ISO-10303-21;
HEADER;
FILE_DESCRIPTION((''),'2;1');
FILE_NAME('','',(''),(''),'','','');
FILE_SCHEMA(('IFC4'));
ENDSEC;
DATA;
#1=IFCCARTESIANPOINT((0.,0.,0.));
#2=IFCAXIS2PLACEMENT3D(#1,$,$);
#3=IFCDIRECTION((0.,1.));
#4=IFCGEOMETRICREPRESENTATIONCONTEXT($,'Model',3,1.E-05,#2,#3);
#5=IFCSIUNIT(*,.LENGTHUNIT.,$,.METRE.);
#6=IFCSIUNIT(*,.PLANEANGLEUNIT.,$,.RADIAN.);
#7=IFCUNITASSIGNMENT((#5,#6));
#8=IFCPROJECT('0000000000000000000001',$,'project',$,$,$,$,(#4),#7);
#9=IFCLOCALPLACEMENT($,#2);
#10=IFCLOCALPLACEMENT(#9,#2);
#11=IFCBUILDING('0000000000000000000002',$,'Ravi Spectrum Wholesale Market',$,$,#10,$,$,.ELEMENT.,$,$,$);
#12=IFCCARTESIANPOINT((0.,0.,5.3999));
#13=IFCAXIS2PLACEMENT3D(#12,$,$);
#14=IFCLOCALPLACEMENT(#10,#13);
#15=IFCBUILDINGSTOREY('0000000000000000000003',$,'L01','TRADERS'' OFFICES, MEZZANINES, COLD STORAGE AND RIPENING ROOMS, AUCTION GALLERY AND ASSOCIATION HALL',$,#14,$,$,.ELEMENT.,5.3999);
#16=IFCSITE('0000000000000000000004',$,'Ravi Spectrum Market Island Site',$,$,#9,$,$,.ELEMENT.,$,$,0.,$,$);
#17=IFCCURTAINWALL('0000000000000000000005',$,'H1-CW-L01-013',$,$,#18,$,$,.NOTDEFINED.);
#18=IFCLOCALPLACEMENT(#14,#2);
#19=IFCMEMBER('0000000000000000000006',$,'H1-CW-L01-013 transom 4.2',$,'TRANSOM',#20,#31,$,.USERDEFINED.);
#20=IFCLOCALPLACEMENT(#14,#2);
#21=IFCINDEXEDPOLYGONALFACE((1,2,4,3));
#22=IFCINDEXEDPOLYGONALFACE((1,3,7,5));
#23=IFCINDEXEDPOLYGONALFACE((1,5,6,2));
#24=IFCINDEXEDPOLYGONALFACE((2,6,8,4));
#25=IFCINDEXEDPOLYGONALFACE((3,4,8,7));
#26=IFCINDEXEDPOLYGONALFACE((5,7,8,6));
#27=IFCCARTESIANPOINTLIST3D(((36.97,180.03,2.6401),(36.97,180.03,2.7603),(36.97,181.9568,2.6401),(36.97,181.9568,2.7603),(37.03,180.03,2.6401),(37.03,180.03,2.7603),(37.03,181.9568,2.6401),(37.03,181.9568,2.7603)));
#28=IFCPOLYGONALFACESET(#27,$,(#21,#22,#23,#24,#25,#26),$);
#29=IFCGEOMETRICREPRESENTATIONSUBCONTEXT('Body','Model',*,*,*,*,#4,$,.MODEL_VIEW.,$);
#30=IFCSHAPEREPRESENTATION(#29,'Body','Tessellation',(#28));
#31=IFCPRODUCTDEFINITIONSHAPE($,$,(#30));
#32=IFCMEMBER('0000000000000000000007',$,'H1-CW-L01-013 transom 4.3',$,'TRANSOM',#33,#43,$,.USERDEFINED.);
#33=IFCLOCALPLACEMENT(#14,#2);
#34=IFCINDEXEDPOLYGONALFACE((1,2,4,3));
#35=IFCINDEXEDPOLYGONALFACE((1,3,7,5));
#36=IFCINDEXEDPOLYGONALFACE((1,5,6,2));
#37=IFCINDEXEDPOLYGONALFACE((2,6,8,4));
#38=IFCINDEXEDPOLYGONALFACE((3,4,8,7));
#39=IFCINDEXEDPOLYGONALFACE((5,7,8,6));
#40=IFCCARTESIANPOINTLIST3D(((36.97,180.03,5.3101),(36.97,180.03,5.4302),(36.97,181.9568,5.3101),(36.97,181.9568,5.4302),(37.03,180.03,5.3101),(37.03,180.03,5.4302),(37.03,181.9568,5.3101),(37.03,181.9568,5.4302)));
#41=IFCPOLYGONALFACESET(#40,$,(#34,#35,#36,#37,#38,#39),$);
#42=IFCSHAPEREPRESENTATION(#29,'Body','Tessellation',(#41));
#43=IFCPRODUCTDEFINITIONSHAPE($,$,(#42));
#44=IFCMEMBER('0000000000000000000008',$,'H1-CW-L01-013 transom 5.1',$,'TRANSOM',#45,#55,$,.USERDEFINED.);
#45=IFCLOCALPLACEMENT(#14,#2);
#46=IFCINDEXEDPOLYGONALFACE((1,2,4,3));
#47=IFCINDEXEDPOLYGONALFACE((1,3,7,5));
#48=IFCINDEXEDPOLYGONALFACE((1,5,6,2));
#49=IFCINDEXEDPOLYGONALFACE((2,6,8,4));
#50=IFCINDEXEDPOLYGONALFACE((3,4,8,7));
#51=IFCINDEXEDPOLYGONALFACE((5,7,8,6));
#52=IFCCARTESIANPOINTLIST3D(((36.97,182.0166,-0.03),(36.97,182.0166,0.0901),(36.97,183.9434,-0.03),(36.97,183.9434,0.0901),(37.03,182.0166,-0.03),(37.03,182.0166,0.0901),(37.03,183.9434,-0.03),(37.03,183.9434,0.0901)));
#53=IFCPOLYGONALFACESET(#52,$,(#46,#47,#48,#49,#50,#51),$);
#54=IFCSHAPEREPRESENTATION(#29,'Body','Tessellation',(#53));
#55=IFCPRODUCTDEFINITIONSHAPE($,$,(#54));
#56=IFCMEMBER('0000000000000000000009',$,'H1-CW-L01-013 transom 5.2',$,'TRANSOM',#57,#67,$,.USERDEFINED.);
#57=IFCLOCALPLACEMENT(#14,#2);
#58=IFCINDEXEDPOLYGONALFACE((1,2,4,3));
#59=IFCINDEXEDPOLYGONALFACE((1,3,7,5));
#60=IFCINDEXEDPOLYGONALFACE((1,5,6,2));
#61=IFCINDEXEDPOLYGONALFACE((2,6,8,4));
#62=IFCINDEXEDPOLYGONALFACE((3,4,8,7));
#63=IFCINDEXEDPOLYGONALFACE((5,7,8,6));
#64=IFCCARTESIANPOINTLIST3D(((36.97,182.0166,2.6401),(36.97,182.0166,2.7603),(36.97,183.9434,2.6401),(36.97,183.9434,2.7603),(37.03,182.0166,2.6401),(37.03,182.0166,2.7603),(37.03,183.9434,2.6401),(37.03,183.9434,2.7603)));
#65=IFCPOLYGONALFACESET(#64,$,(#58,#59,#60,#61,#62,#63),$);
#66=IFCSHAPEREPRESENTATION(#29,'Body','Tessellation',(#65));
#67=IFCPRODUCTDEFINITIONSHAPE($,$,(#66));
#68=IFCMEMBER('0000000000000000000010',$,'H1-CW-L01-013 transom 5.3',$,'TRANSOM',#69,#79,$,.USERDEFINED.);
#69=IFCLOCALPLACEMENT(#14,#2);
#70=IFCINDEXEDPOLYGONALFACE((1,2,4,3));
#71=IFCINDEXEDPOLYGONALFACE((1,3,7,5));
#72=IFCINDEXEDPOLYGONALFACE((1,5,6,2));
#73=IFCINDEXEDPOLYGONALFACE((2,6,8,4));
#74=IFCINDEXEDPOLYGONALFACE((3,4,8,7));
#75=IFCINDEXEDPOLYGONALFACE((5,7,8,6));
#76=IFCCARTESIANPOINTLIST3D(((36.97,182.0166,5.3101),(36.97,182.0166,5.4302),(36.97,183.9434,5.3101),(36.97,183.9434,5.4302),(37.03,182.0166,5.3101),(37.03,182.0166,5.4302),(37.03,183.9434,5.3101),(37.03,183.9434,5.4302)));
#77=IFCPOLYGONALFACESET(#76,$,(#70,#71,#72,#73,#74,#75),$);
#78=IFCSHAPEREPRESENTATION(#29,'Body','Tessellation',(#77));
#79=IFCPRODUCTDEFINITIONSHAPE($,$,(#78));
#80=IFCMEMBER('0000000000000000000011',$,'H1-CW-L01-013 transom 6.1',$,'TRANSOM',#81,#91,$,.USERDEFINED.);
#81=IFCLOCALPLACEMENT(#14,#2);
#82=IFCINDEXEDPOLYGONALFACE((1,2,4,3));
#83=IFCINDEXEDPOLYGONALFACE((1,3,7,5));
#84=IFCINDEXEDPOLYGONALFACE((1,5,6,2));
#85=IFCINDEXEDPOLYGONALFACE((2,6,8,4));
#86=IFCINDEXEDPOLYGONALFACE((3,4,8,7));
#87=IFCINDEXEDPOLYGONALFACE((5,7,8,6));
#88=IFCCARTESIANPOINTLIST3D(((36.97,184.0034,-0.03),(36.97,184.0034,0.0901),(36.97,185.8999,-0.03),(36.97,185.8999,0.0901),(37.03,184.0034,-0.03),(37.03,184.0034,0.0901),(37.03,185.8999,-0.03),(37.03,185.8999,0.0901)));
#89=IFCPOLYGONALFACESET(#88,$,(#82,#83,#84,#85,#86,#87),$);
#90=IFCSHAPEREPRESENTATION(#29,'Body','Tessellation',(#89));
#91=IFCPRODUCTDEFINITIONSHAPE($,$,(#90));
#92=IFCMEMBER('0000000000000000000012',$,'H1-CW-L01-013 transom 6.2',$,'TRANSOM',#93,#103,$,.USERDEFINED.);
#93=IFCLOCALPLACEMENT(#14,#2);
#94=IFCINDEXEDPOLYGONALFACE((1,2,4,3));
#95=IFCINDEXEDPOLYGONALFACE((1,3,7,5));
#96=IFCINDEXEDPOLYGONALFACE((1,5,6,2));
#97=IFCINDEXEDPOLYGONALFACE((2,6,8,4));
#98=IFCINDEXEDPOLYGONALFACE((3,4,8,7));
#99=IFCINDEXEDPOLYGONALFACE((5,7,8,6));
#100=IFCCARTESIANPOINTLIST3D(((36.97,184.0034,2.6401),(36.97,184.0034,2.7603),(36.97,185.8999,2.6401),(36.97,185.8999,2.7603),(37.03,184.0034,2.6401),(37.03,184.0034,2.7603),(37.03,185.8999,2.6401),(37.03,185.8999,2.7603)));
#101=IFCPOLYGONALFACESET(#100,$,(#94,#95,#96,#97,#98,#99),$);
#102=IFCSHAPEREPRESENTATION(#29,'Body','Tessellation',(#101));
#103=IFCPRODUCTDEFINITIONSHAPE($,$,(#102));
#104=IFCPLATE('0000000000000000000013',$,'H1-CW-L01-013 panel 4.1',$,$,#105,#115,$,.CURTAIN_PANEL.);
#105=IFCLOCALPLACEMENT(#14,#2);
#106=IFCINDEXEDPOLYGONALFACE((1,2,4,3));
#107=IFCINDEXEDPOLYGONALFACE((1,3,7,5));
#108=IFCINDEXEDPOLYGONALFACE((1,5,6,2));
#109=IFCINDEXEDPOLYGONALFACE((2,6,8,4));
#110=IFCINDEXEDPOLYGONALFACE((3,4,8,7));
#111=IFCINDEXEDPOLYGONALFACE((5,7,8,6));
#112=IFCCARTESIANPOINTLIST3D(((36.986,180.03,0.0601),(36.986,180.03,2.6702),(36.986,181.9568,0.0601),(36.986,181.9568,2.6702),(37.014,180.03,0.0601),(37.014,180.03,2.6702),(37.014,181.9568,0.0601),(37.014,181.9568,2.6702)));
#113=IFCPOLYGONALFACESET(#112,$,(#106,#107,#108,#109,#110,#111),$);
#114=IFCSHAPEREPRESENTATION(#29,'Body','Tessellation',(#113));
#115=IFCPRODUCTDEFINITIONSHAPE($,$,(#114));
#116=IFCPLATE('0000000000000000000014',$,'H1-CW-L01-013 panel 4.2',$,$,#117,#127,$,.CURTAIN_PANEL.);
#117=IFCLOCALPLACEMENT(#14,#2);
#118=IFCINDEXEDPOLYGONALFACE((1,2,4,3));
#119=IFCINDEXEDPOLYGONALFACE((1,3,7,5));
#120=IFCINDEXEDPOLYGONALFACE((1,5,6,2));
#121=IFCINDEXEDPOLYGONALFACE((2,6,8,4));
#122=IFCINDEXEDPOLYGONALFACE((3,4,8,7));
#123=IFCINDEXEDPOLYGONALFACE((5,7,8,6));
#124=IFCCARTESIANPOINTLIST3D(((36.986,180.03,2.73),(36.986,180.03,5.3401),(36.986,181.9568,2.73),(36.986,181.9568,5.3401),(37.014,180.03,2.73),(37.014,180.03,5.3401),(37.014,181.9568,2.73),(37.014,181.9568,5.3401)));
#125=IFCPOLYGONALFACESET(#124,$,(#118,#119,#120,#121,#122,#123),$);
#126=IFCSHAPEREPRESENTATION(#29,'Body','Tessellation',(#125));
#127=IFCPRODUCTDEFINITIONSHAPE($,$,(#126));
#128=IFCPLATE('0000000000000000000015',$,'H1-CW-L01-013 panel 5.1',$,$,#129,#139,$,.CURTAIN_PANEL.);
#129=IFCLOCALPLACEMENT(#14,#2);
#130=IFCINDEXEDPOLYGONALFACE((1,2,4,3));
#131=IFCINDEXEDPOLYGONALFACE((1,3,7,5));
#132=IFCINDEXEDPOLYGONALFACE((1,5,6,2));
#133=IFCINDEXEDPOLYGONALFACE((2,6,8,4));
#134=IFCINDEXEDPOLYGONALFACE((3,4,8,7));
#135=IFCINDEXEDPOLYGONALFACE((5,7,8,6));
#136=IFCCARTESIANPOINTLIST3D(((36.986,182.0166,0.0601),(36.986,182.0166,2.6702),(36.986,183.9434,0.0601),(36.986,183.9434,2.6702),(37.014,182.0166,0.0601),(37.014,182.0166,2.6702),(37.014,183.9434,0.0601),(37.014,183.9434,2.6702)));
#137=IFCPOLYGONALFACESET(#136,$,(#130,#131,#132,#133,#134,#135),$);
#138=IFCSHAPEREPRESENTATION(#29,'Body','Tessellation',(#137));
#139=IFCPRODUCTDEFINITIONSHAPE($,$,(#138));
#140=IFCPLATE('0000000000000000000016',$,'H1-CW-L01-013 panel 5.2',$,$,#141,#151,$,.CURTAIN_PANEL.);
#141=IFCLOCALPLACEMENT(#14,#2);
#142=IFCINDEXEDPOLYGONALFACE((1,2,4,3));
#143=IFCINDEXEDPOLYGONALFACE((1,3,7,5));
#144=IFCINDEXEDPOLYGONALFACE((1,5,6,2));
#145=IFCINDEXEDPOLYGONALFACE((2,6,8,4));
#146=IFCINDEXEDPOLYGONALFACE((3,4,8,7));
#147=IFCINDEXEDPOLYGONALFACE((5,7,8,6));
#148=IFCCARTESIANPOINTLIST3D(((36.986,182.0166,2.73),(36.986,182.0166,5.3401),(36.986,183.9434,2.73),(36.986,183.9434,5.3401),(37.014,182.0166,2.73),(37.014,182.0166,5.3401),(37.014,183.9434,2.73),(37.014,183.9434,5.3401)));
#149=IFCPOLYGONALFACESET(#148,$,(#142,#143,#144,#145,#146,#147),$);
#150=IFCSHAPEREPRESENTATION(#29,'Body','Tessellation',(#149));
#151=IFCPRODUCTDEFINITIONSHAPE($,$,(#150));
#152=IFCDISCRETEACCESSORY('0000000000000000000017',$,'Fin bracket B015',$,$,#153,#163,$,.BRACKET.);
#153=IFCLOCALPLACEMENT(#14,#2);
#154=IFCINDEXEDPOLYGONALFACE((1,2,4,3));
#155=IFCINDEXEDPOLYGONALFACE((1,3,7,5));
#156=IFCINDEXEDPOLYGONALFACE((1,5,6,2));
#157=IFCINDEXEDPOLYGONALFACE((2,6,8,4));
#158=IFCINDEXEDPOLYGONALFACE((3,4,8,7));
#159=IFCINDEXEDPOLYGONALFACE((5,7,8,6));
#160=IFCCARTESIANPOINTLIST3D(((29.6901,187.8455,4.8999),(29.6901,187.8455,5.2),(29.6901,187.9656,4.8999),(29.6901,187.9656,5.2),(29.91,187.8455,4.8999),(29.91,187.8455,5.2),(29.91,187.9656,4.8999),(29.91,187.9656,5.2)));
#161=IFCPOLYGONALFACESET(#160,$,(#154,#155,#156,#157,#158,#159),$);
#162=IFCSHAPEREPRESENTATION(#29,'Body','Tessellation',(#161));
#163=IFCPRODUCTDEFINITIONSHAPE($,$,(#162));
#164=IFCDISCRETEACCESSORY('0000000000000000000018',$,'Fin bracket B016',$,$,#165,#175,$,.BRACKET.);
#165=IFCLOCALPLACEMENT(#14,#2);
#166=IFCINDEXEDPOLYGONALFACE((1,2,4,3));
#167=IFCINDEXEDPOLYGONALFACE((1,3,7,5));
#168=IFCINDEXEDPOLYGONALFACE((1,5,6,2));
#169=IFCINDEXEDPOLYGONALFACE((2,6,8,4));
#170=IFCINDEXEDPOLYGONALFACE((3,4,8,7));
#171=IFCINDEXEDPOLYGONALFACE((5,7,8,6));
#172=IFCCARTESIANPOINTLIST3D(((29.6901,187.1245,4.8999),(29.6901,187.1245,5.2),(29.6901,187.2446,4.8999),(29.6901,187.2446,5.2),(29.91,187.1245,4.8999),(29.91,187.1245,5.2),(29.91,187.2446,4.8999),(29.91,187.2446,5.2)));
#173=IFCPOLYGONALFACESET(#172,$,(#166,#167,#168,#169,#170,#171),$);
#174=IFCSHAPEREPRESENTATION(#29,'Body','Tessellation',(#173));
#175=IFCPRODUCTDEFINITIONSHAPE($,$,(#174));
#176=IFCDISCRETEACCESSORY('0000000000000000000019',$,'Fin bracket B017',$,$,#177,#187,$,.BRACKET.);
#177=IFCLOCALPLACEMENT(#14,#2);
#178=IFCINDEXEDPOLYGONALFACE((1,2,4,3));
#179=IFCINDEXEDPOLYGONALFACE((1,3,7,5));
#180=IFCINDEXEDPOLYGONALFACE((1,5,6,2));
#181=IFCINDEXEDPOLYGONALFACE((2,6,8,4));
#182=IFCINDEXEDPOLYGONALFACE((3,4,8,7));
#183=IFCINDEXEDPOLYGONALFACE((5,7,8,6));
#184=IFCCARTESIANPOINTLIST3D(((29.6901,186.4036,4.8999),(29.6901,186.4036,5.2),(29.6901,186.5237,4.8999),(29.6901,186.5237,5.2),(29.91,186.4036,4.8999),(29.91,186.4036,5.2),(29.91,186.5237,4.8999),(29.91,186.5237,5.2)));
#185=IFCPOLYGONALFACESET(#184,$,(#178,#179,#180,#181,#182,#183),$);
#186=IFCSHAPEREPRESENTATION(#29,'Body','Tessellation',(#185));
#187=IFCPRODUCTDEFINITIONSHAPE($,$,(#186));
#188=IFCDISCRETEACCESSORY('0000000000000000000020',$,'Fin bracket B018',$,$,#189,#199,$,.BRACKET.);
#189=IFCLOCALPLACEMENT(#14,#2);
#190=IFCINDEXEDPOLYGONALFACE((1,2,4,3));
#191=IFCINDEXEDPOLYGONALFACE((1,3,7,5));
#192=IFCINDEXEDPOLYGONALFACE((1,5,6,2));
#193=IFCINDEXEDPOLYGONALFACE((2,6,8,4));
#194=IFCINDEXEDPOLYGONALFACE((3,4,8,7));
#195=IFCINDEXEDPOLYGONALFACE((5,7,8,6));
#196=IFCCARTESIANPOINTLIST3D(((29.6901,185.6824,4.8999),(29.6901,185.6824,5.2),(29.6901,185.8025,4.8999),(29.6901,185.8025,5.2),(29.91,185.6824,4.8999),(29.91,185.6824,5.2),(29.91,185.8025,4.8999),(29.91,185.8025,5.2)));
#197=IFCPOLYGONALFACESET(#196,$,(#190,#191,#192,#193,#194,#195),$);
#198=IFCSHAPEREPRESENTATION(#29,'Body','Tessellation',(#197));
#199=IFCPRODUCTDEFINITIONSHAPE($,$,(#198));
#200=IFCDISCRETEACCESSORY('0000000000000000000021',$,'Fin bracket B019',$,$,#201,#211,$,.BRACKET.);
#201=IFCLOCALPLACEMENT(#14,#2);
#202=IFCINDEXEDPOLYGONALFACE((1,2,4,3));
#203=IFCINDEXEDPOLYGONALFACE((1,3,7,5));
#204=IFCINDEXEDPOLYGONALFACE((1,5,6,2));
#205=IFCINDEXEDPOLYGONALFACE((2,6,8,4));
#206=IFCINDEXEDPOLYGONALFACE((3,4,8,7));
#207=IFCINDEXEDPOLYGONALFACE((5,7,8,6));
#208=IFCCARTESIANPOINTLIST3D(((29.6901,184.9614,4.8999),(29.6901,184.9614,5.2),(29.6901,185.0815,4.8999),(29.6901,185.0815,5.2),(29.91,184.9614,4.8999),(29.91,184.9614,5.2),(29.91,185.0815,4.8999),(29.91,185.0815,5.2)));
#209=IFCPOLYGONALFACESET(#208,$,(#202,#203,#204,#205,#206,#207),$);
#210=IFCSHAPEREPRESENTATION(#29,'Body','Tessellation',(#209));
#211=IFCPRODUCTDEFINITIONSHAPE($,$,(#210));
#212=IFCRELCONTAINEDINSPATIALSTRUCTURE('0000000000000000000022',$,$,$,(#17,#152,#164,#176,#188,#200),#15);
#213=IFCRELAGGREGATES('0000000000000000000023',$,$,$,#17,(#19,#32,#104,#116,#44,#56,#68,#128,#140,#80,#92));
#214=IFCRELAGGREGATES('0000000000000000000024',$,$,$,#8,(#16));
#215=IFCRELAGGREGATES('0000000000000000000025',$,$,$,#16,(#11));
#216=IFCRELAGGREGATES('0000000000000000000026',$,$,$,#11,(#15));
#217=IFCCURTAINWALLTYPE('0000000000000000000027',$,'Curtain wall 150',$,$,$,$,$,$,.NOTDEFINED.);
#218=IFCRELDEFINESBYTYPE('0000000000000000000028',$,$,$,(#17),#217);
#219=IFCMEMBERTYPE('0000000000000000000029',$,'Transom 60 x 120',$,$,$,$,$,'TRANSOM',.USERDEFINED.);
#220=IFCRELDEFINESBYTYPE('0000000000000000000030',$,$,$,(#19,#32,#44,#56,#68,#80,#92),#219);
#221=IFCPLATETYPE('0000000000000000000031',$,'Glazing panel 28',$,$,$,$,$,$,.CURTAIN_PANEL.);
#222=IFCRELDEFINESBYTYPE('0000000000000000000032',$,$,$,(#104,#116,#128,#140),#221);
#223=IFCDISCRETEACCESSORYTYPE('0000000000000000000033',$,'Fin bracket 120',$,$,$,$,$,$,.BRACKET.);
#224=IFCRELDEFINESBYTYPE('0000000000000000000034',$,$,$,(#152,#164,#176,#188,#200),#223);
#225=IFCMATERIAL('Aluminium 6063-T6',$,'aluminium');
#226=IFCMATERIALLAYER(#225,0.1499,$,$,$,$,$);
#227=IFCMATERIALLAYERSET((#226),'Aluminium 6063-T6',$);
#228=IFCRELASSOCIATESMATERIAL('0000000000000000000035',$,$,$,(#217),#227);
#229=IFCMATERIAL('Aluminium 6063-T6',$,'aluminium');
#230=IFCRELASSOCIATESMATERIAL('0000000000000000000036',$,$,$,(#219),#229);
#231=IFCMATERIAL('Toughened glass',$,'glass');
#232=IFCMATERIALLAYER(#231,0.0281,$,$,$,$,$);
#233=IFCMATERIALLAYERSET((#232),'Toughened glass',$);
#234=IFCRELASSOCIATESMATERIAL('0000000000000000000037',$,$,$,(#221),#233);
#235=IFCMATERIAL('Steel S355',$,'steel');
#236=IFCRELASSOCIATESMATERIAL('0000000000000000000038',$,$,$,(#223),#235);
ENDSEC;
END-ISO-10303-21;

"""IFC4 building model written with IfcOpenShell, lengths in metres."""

from ifc_helpers import new_model, si_unit, direction, frame, origin, origin_2d, place, context, subcontext, project, spatial, rectangle, extrude, material, layer, layer_set, material_profile, profile_set, type_object, element, aggregate, save


model = new_model("IFC4")

# Units and contexts
model_context = context("Model", 3, precision=1e-05, world=origin(), true_north=direction((0.0, 1.0)))
body_context = subcontext(model_context, "Body", "Model", "MODEL_VIEW")
ifc_project = project(units=[si_unit("LENGTHUNIT", "METRE"), si_unit("PLANEANGLEUNIT", "RADIAN")], contexts=[model_context])

# Site, building, storey
site_placement = place(None, origin())
site = spatial("IfcSite", under=ifc_project, at=site_placement, Name="Ravi Spectrum Market Island Site", CompositionType="ELEMENT", RefElevation=0.0)
building_placement = place(site_placement, origin())
building = spatial("IfcBuilding", under=site, at=building_placement, Name="Ravi Spectrum Wholesale Market", CompositionType="ELEMENT")
storey_placement = place(building_placement, frame((0.0, 0.0, 5.3999)))
storey = spatial("IfcBuildingStorey", under=building, at=storey_placement, Name="L01", Description="TRADERS' OFFICES, MEZZANINES, COLD STORAGE AND RIPENING ROOMS, AUCTION GALLERY AND ASSOCIATION HALL", CompositionType="ELEMENT", Elevation=5.3999)

# Curtain wall, members, plates
ifc_material_1 = material(Name="Aluminium 6063-T6", Category="aluminium")
ifc_layer_1 = layer(ifc_material_1, 0.1499)
ifc_layer_set_1 = layer_set([ifc_layer_1], Name="Aluminium 6063-T6")
curtain_wall_type = type_object("IfcCurtainWallType", Name="Curtain wall 150", PredefinedType="NOTDEFINED", material=ifc_layer_set_1)
curtain_wall_placement = place(storey_placement, origin())
curtain_wall = element("IfcCurtainWall", 1, at=curtain_wall_placement, inside=storey, type_object=curtain_wall_type, Name="H1-CW-L01-013", PredefinedType="NOTDEFINED")
ifc_material_2 = material(Name="Aluminium 6063-T6", Category="aluminium")
ifc_material_profile = material_profile(ifc_material_2, rectangle(XDim=0.0601, YDim=0.1201, at=origin_2d()))
ifc_profile_set = profile_set([ifc_material_profile], Name="Aluminium 6063-T6")
member_type = type_object("IfcMemberType", Name="Transom 60 x 120", ElementType="TRANSOM", PredefinedType="USERDEFINED", material=ifc_profile_set)
member_1_placement = place(storey_placement, frame((37.0, 180.03, 2.7002), z_axis=(0.0, 1.0, 0.0), x_axis=(-1.0, 0.0, 0.0)))
member_1 = element("IfcMember", 2, at=member_1_placement, type_object=member_type, Name="H1-CW-L01-013 transom 4.2", ObjectType="TRANSOM", PredefinedType="USERDEFINED", context=body_context, shape_type="SweptSolid", body=[
    extrude(rectangle(XDim=0.0601, YDim=0.1201, at=origin_2d()), origin(), (0.0, 0.0, 1.0), 1.9268),
])
member_2_placement = place(storey_placement, frame((37.0, 180.03, 5.3701), z_axis=(0.0, 1.0, 0.0), x_axis=(-1.0, 0.0, 0.0)))
member_2 = element("IfcMember", 3, at=member_2_placement, type_object=member_type, Name="H1-CW-L01-013 transom 4.3", ObjectType="TRANSOM", PredefinedType="USERDEFINED", context=body_context, shape_type="SweptSolid", body=[
    extrude(rectangle(XDim=0.0601, YDim=0.1201, at=origin_2d()), origin(), (0.0, 0.0, 1.0), 1.9268),
])
member_3_placement = place(storey_placement, frame((37.0, 182.0166, 0.03), z_axis=(0.0, 1.0, 0.0), x_axis=(-1.0, 0.0, 0.0)))
member_3 = element("IfcMember", 4, at=member_3_placement, type_object=member_type, Name="H1-CW-L01-013 transom 5.1", ObjectType="TRANSOM", PredefinedType="USERDEFINED", context=body_context, shape_type="SweptSolid", body=[
    extrude(rectangle(XDim=0.0601, YDim=0.1201, at=origin_2d()), origin(), (0.0, 0.0, 1.0), 1.9268),
])
member_4_placement = place(storey_placement, frame((37.0, 182.0166, 2.7002), z_axis=(0.0, 1.0, 0.0), x_axis=(-1.0, 0.0, 0.0)))
member_4 = element("IfcMember", 5, at=member_4_placement, type_object=member_type, Name="H1-CW-L01-013 transom 5.2", ObjectType="TRANSOM", PredefinedType="USERDEFINED", context=body_context, shape_type="SweptSolid", body=[
    extrude(rectangle(XDim=0.0601, YDim=0.1201, at=origin_2d()), origin(), (0.0, 0.0, 1.0), 1.9268),
])
member_5_placement = place(storey_placement, frame((37.0, 182.0166, 5.3701), z_axis=(0.0, 1.0, 0.0), x_axis=(-1.0, 0.0, 0.0)))
member_5 = element("IfcMember", 6, at=member_5_placement, type_object=member_type, Name="H1-CW-L01-013 transom 5.3", ObjectType="TRANSOM", PredefinedType="USERDEFINED", context=body_context, shape_type="SweptSolid", body=[
    extrude(rectangle(XDim=0.0601, YDim=0.1201, at=origin_2d()), origin(), (0.0, 0.0, 1.0), 1.9268),
])
member_6_placement = place(storey_placement, frame((37.0, 184.0034, 0.03), z_axis=(0.0, 1.0, 0.0), x_axis=(-1.0, 0.0, 0.0)))
member_6 = element("IfcMember", 7, at=member_6_placement, type_object=member_type, Name="H1-CW-L01-013 transom 6.1", ObjectType="TRANSOM", PredefinedType="USERDEFINED", context=body_context, shape_type="SweptSolid", body=[
    extrude(rectangle(XDim=0.0601, YDim=0.1201, at=origin_2d()), origin(), (0.0, 0.0, 1.0), 1.8965),
])
member_7_placement = place(storey_placement, frame((37.0, 184.0034, 2.7002), z_axis=(0.0, 1.0, 0.0), x_axis=(-1.0, 0.0, 0.0)))
member_7 = element("IfcMember", 8, at=member_7_placement, type_object=member_type, Name="H1-CW-L01-013 transom 6.2", ObjectType="TRANSOM", PredefinedType="USERDEFINED", context=body_context, shape_type="SweptSolid", body=[
    extrude(rectangle(XDim=0.0601, YDim=0.1201, at=origin_2d()), origin(), (0.0, 0.0, 1.0), 1.8965),
])
ifc_material_3 = material(Name="Toughened glass", Category="glass")
ifc_layer_2 = layer(ifc_material_3, 0.0281)
ifc_layer_set_2 = layer_set([ifc_layer_2], Name="Toughened glass")
plate_type = type_object("IfcPlateType", Name="Glazing panel 28", PredefinedType="CURTAIN_PANEL", material=ifc_layer_set_2)
plate_1_placement = place(storey_placement, frame((37.0, 180.9934, 0.0601), z_axis=(0.0, 0.0, 1.0), x_axis=(0.0, 1.0, 0.0)))
plate_1 = element("IfcPlate", 9, at=plate_1_placement, type_object=plate_type, Name="H1-CW-L01-013 panel 4.1", PredefinedType="CURTAIN_PANEL", context=body_context, shape_type="SweptSolid", body=[
    extrude(rectangle(XDim=1.9268, YDim=0.0281, at=origin_2d()), origin(), (0.0, 0.0, 1.0), 2.6101),
])
plate_2_placement = place(storey_placement, frame((37.0, 180.9934, 2.73), z_axis=(0.0, 0.0, 1.0), x_axis=(0.0, 1.0, 0.0)))
plate_2 = element("IfcPlate", 10, at=plate_2_placement, type_object=plate_type, Name="H1-CW-L01-013 panel 4.2", PredefinedType="CURTAIN_PANEL", context=body_context, shape_type="SweptSolid", body=[
    extrude(rectangle(XDim=1.9268, YDim=0.0281, at=origin_2d()), origin(), (0.0, 0.0, 1.0), 2.6101),
])
plate_3_placement = place(storey_placement, frame((37.0, 182.98, 0.0601), z_axis=(0.0, 0.0, 1.0), x_axis=(0.0, 1.0, 0.0)))
plate_3 = element("IfcPlate", 11, at=plate_3_placement, type_object=plate_type, Name="H1-CW-L01-013 panel 5.1", PredefinedType="CURTAIN_PANEL", context=body_context, shape_type="SweptSolid", body=[
    extrude(rectangle(XDim=1.9268, YDim=0.0281, at=origin_2d()), origin(), (0.0, 0.0, 1.0), 2.6101),
])
plate_4_placement = place(storey_placement, frame((37.0, 182.98, 2.73), z_axis=(0.0, 0.0, 1.0), x_axis=(0.0, 1.0, 0.0)))
plate_4 = element("IfcPlate", 12, at=plate_4_placement, type_object=plate_type, Name="H1-CW-L01-013 panel 5.2", PredefinedType="CURTAIN_PANEL", context=body_context, shape_type="SweptSolid", body=[
    extrude(rectangle(XDim=1.9268, YDim=0.0281, at=origin_2d()), origin(), (0.0, 0.0, 1.0), 2.6101),
])
aggregate(curtain_wall, [member_1, member_2, plate_1, plate_2, member_3, member_4, member_5, plate_3, plate_4, member_6, member_7])

# Discrete accessories
ifc_material_4 = material(Name="Steel S355", Category="steel")
discrete_accessory_type = type_object("IfcDiscreteAccessoryType", Name="Fin bracket 120", PredefinedType="BRACKET", material=ifc_material_4)
for number, where, z_axis, x_axis, name in (
    (13, (29.8, 187.9055, 4.8999), (0.0, 0.0, 1.0), (0.0, -1.0, 0.0), "Fin bracket B015"),
    (14, (29.8, 187.1846, 4.8999), (0.0, 0.0, 1.0), (0.0, -1.0, 0.0), "Fin bracket B016"),
    (15, (29.8, 186.4636, 4.8999), (0.0, 0.0, 1.0), (0.0, -1.0, 0.0), "Fin bracket B017"),
    (16, (29.8, 185.7424, 4.8999), (0.0, 0.0, 1.0), (0.0, -1.0, 0.0), "Fin bracket B018"),
    (17, (29.8, 185.0215, 4.8999), (0.0, 0.0, 1.0), (0.0, -1.0, 0.0), "Fin bracket B019"),
):
    element("IfcDiscreteAccessory", number, at=place(storey_placement, frame(where, z_axis=z_axis, x_axis=x_axis)), inside=storey, type_object=discrete_accessory_type, Name=name, PredefinedType="BRACKET", context=body_context, shape_type="SweptSolid", body=[
        extrude(rectangle(XDim=0.1201, YDim=0.22, at=origin_2d()), origin(), (0.0, 0.0, 1.0), 0.3),
    ])

save(model, "model.ifc")
